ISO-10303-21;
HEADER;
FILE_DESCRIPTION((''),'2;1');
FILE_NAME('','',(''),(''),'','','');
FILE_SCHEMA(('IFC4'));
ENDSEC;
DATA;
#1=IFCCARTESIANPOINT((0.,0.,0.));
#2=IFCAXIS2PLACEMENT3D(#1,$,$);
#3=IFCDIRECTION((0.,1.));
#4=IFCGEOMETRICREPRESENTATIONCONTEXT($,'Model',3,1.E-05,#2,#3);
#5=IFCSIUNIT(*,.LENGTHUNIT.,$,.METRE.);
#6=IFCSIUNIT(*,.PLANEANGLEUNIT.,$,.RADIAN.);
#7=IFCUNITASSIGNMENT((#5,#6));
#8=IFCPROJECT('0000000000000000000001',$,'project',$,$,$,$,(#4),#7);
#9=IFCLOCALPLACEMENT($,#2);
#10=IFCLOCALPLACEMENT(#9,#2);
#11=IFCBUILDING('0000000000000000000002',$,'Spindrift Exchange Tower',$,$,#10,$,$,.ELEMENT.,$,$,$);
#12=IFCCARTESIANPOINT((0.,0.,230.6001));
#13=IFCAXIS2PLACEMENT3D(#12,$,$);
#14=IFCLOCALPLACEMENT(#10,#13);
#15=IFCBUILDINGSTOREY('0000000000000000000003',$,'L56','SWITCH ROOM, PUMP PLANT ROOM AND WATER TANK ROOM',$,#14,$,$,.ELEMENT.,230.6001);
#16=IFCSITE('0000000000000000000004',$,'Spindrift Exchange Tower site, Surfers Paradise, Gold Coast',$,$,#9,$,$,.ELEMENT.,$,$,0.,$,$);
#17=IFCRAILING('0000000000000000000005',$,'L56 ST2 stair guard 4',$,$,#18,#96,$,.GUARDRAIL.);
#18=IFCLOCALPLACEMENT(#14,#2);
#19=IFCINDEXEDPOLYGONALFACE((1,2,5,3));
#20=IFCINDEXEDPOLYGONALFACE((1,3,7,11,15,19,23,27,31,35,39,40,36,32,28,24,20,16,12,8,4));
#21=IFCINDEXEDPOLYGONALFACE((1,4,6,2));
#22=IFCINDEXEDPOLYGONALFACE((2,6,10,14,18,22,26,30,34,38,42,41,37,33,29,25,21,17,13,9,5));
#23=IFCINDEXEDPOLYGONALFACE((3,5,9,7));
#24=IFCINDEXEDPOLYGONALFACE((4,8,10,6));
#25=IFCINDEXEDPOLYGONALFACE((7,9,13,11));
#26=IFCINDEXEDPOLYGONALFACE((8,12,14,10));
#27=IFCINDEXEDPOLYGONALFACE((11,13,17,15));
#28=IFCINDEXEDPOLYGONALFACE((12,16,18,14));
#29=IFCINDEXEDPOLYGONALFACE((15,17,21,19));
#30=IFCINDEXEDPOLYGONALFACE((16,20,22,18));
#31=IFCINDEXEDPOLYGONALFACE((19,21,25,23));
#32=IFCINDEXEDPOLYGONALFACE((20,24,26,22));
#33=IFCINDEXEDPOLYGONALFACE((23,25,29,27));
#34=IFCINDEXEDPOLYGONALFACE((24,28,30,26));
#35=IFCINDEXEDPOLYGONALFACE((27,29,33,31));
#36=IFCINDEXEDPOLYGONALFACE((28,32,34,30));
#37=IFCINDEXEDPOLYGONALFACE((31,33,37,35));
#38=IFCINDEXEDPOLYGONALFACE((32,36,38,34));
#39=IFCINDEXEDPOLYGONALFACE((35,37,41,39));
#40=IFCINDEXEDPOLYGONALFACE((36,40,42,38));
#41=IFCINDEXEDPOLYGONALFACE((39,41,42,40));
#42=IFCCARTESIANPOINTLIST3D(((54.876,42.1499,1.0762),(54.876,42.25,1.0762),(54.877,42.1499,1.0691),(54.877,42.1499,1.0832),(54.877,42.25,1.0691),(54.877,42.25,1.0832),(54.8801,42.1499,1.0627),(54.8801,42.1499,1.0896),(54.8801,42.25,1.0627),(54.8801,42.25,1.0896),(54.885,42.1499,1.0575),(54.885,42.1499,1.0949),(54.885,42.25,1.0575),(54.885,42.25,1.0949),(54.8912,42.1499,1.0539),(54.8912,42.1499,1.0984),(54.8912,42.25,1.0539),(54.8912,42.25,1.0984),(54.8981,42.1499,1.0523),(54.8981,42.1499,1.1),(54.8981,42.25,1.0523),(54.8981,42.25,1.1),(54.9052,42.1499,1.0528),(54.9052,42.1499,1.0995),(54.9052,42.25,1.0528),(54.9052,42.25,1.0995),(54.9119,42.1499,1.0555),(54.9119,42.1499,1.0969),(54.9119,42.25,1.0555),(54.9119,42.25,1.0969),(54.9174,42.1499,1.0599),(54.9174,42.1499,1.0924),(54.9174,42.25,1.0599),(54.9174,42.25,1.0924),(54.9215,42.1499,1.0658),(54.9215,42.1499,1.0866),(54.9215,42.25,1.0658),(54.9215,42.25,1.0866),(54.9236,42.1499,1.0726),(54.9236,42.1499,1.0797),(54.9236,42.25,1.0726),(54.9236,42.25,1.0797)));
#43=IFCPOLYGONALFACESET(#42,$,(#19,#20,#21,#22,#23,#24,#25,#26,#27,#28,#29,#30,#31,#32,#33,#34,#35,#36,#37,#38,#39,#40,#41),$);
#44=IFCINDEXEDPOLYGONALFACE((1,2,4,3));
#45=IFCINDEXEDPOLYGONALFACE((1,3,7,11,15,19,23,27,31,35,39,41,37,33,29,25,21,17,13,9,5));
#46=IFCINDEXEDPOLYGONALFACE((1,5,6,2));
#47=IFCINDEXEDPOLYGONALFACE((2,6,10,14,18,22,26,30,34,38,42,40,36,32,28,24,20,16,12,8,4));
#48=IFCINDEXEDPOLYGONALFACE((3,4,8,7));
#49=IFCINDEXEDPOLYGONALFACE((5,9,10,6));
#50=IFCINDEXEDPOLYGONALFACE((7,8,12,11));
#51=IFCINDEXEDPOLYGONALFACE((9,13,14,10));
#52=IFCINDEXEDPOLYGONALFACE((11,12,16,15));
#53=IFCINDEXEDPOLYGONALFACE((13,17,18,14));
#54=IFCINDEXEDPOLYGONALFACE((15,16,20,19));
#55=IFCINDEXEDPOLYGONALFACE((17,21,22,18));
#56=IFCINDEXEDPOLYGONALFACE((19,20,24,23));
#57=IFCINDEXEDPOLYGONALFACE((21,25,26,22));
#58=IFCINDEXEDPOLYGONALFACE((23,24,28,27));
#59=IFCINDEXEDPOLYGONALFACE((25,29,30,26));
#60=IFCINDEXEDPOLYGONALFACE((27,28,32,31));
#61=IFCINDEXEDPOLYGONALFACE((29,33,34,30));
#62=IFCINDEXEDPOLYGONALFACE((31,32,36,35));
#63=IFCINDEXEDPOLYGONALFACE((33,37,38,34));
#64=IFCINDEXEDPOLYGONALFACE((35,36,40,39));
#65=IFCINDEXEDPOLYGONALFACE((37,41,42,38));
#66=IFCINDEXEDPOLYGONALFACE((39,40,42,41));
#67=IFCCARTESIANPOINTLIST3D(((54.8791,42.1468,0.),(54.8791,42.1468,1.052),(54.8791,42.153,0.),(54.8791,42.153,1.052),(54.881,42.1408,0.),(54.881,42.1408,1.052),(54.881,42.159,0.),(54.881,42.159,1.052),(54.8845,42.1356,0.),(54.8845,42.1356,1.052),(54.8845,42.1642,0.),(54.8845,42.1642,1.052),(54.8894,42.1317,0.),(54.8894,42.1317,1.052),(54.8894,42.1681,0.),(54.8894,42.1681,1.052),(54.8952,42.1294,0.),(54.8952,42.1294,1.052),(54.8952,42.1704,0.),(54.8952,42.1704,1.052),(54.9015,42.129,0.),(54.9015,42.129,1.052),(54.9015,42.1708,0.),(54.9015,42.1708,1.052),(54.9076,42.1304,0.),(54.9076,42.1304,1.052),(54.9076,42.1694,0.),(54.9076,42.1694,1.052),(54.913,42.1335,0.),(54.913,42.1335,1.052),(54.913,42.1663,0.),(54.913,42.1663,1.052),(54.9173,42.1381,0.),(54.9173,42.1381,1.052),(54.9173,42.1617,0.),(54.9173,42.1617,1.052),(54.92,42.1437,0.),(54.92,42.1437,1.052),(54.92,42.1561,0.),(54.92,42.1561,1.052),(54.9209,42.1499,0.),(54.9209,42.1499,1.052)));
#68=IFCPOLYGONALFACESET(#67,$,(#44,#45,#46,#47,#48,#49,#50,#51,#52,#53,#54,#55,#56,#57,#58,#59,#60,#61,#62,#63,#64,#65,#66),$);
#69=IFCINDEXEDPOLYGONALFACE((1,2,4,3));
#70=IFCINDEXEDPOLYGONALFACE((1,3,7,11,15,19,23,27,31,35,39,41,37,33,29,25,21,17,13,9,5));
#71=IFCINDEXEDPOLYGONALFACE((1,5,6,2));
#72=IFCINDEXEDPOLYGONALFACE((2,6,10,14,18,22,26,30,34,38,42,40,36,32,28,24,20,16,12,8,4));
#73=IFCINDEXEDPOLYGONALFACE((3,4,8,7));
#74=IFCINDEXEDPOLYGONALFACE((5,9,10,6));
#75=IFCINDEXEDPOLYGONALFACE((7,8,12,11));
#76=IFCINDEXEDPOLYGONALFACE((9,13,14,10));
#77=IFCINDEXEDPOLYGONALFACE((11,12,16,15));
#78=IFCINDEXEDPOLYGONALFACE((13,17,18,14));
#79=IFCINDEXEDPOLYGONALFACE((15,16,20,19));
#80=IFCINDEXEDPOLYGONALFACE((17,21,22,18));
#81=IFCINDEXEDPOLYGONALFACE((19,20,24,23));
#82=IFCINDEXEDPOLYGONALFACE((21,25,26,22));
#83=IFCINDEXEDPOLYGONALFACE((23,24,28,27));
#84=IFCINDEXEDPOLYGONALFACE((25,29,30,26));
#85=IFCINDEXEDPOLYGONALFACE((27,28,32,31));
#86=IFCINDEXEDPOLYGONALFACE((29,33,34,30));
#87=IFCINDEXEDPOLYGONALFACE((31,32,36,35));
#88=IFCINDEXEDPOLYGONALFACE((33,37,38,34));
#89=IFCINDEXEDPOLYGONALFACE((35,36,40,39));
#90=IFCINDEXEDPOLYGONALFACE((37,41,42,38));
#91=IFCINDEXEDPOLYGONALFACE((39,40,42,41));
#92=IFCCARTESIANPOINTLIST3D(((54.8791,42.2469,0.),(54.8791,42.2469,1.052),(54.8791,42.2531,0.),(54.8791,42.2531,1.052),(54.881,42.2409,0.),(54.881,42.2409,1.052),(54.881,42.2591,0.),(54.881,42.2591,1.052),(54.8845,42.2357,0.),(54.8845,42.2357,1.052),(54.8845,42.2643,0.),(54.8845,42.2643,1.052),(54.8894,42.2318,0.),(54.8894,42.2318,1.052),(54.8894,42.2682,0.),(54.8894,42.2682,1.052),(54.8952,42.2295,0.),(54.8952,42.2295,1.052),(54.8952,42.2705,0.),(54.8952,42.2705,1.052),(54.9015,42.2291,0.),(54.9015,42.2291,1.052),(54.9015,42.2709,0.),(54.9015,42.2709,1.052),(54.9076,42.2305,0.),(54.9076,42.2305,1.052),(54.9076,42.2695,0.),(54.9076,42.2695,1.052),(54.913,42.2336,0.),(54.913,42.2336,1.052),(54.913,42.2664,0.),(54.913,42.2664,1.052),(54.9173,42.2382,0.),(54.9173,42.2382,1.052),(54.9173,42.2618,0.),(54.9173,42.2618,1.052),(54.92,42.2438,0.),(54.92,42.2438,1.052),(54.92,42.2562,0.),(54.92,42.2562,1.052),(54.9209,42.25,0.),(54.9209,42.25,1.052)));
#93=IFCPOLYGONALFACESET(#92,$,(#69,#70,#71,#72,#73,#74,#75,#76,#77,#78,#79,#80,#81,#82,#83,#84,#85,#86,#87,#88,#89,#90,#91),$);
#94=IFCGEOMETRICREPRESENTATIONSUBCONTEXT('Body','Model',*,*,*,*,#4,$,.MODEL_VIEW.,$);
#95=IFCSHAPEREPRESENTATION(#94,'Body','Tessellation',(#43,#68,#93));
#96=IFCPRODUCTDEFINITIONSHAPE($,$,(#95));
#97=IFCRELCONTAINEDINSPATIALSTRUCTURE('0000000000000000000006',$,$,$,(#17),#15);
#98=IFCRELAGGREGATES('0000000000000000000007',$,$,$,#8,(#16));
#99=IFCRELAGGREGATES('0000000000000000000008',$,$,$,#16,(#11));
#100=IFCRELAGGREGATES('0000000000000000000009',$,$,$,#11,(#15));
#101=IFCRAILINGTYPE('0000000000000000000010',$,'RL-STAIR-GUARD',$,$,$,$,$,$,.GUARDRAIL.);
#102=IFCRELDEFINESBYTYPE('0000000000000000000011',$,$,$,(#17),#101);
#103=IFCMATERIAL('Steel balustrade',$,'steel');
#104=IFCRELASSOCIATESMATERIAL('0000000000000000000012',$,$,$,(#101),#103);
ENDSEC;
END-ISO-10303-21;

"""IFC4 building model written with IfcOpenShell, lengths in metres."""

from ifc_helpers import new_model, si_unit, direction, frame, origin, origin_2d, place, context, subcontext, project, spatial, circle, extrude, material, type_object, element, save


model = new_model("IFC4")

# Units and contexts
model_context = context("Model", 3, precision=1e-05, world=origin(), true_north=direction((0.0, 1.0)))
body_context = subcontext(model_context, "Body", "Model", "MODEL_VIEW")
ifc_project = project(units=[si_unit("LENGTHUNIT", "METRE"), si_unit("PLANEANGLEUNIT", "RADIAN")], contexts=[model_context])

# Site, building, storey
site_placement = place(None, origin())
site = spatial("IfcSite", under=ifc_project, at=site_placement, Name="Spindrift Exchange Tower site, Surfers Paradise, Gold Coast", CompositionType="ELEMENT", RefElevation=0.0)
building_placement = place(site_placement, origin())
building = spatial("IfcBuilding", under=site, at=building_placement, Name="Spindrift Exchange Tower", CompositionType="ELEMENT")
storey_placement = place(building_placement, frame((0.0, 0.0, 230.6001)))
storey = spatial("IfcBuildingStorey", under=building, at=storey_placement, Name="L56", Description="SWITCH ROOM, PUMP PLANT ROOM AND WATER TANK ROOM", CompositionType="ELEMENT", Elevation=230.6001)

# Railing
ifc_material_1 = material(Name="Steel balustrade", Category="steel")
railing_type_1 = type_object("IfcRailingType", Name="RL-STAIR-GUARD", PredefinedType="GUARDRAIL", material=ifc_material_1)
railing_1_placement = place(storey_placement, frame((54.8999, 42.1499, 0.0)))
element("IfcRailing", 1, at=railing_1_placement, inside=storey, type_object=railing_type_1, Name="L56 ST2 stair guard 4", PredefinedType="GUARDRAIL", context=body_context, shape_type="SweptSolid", body=[
    extrude(circle(Radius=0.0239, at=origin_2d()), frame((0.0, 0.0, 1.0762), z_axis=(0.0, 1.0, 0.0), x_axis=(-1.0, 0.0, 0.0)), (0.0, 0.0, 1.0), 0.1001),
    extrude(circle(Radius=0.021, at=origin_2d()), origin(), (0.0, 0.0, 1.0), 1.052),
    extrude(circle(Radius=0.021, at=origin_2d()), frame((0.0, 0.1001, 0.0)), (0.0, 0.0, 1.0), 1.052),
])

save(model, "model.ifc")
